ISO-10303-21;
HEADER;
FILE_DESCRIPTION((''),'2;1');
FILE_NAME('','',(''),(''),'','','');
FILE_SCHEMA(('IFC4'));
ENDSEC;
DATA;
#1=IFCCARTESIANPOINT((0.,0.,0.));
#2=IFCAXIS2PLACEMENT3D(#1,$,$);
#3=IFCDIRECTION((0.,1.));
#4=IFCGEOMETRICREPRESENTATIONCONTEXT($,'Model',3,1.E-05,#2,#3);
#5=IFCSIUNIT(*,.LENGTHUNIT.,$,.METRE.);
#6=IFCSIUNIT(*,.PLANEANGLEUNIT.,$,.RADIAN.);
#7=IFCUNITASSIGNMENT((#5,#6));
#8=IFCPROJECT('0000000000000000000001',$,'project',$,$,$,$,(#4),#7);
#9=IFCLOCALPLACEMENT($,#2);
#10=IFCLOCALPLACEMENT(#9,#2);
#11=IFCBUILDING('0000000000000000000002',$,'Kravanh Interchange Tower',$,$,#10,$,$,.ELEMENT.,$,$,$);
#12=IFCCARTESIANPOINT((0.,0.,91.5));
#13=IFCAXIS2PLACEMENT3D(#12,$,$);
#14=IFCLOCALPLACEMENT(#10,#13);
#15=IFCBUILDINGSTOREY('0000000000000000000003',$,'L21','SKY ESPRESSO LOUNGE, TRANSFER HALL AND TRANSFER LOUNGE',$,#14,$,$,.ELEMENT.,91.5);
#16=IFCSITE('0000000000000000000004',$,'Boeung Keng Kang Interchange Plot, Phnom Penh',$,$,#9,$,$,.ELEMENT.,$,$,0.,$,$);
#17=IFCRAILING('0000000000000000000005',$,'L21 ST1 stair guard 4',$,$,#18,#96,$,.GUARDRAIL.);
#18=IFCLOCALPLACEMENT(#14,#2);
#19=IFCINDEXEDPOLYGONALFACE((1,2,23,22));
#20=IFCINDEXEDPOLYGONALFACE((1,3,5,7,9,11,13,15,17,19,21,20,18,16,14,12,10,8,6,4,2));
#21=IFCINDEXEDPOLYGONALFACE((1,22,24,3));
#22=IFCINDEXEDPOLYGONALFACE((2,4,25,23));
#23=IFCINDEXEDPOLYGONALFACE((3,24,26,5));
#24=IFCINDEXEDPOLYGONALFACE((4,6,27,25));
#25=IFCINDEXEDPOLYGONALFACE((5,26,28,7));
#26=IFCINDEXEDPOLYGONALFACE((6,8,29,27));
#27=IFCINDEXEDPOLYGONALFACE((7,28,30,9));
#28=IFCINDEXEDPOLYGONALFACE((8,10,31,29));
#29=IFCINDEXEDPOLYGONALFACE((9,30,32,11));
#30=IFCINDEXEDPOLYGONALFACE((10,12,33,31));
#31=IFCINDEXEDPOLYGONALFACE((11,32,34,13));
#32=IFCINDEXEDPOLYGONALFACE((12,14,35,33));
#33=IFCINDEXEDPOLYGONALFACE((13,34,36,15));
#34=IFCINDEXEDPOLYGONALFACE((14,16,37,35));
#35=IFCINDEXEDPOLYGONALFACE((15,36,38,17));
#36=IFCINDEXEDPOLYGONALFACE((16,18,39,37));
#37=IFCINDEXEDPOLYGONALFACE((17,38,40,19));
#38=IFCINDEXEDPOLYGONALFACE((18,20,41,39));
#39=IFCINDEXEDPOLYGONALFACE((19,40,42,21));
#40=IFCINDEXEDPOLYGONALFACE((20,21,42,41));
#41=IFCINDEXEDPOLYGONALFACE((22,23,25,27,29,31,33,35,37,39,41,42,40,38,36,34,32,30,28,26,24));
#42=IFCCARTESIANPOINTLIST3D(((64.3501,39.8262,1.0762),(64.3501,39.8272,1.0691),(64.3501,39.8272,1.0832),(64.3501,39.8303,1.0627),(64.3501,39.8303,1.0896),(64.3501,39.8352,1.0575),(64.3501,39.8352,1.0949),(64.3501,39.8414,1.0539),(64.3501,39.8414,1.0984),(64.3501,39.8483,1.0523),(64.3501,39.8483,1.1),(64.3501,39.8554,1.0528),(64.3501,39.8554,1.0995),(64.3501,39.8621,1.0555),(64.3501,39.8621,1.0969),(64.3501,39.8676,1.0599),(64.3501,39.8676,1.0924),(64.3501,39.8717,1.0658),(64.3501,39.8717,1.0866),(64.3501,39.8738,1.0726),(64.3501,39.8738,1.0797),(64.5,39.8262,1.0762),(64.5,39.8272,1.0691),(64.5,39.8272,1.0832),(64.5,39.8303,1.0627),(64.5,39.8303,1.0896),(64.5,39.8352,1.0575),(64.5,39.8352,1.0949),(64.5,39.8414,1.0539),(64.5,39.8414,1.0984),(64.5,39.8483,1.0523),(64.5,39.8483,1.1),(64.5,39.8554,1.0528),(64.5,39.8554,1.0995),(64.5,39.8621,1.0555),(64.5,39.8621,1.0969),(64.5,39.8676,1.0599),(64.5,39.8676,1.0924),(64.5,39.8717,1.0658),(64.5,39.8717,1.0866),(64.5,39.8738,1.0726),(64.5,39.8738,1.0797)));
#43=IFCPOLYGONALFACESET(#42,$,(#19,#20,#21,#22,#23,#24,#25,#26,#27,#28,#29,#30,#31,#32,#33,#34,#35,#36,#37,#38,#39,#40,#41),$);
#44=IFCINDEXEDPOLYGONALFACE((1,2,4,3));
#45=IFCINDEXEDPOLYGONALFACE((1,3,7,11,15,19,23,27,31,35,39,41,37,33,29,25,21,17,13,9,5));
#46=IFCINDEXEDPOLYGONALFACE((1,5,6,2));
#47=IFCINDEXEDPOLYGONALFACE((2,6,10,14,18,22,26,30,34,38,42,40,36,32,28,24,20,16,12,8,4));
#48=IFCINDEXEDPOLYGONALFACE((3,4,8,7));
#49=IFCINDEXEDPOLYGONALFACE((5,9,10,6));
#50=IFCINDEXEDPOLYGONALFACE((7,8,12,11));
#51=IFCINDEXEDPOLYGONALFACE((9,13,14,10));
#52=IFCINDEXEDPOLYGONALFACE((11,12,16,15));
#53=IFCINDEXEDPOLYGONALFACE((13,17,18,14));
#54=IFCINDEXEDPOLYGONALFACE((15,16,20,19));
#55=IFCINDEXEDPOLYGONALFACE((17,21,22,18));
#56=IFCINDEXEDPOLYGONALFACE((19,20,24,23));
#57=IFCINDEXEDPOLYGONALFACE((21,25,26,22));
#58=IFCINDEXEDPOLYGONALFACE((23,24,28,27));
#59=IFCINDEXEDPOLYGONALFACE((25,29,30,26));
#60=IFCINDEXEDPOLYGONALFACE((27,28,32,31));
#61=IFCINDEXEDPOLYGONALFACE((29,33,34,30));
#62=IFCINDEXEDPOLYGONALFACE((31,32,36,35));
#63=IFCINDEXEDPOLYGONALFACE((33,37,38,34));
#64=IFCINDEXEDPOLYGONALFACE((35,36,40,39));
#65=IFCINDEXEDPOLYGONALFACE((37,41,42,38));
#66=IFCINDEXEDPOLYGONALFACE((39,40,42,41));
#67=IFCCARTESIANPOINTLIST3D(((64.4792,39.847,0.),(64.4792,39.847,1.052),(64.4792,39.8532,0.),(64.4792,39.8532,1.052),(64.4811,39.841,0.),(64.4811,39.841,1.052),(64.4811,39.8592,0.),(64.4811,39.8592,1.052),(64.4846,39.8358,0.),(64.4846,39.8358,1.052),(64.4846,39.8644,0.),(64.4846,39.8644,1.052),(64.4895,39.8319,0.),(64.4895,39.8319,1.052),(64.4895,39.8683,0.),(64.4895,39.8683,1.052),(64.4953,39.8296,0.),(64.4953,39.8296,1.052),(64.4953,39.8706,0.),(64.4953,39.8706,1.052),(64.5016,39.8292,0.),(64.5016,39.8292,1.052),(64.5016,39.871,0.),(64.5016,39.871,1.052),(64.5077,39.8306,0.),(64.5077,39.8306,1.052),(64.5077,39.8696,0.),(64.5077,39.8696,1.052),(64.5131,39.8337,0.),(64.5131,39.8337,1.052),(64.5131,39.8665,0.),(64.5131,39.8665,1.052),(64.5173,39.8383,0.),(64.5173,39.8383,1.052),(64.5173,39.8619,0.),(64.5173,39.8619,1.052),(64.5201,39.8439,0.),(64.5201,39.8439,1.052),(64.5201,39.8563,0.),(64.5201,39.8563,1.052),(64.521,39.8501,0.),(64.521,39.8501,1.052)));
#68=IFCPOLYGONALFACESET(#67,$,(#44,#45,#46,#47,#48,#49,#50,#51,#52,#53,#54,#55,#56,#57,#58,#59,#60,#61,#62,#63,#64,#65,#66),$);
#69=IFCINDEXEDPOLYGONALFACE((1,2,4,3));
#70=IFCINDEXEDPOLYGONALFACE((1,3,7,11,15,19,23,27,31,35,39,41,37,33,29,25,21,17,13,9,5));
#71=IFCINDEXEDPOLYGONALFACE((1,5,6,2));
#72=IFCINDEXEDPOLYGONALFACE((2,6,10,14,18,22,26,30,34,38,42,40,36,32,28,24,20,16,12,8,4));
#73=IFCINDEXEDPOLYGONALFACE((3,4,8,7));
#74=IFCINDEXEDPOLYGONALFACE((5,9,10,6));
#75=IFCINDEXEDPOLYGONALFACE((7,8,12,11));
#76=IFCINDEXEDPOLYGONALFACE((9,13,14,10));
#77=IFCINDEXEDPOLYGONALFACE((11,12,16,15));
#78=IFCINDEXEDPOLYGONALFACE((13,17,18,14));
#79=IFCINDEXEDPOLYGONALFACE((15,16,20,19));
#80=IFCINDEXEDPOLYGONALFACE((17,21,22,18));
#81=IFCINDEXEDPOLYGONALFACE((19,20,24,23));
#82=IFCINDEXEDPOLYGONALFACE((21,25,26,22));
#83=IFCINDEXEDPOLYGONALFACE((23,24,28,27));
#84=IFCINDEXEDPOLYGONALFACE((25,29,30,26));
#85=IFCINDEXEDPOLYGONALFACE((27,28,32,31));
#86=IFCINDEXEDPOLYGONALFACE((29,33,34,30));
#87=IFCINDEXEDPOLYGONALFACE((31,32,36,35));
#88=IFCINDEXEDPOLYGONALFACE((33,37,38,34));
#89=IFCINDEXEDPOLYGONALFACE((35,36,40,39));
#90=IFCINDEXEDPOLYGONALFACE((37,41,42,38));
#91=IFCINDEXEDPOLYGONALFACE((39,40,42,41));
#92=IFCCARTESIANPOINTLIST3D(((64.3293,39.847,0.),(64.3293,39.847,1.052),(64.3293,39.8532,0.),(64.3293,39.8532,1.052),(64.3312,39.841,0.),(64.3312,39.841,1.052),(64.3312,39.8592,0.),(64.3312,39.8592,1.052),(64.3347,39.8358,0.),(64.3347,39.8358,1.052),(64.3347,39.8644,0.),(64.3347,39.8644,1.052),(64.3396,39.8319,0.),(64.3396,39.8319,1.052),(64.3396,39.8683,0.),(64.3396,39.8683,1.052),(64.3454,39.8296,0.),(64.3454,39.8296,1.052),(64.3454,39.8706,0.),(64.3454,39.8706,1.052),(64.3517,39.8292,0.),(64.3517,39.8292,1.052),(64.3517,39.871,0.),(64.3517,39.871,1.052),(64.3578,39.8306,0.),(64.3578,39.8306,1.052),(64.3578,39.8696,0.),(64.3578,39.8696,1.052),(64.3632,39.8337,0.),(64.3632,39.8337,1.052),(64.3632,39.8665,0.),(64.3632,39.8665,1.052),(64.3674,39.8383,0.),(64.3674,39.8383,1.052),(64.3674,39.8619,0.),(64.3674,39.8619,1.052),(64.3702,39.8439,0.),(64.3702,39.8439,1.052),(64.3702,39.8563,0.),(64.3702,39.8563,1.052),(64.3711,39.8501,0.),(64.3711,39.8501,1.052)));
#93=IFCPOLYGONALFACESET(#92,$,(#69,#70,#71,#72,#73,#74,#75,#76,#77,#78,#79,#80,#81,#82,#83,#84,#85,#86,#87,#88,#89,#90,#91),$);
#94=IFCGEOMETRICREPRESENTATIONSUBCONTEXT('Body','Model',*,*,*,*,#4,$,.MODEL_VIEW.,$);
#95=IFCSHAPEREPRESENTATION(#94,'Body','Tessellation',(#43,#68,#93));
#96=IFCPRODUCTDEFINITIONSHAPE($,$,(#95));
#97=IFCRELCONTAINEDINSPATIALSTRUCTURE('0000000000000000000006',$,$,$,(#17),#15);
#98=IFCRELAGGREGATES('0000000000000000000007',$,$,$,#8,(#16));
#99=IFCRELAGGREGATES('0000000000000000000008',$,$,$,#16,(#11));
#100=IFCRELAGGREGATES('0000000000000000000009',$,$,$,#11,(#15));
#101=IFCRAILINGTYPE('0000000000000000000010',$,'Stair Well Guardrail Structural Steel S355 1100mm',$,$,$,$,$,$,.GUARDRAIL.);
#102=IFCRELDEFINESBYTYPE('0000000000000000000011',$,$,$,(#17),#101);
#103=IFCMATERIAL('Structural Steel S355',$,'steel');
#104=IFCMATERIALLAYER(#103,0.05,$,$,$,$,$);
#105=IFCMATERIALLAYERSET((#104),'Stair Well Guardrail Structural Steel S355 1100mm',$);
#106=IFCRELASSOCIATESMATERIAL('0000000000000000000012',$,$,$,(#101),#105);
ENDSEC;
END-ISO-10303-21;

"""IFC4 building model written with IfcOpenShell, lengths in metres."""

from ifc_helpers import new_model, si_unit, direction, frame, origin, origin_2d, place, context, subcontext, project, spatial, circle, extrude, material, layer, layer_set, type_object, element, save


model = new_model("IFC4")

# Units and contexts
model_context = context("Model", 3, precision=1e-05, world=origin(), true_north=direction((0.0, 1.0)))
body_context = subcontext(model_context, "Body", "Model", "MODEL_VIEW")
ifc_project = project(units=[si_unit("LENGTHUNIT", "METRE"), si_unit("PLANEANGLEUNIT", "RADIAN")], contexts=[model_context])

# Site, building, storey
site_placement = place(None, origin())
site = spatial("IfcSite", under=ifc_project, at=site_placement, Name="Boeung Keng Kang Interchange Plot, Phnom Penh", CompositionType="ELEMENT", RefElevation=0.0)
building_placement = place(site_placement, origin())
building = spatial("IfcBuilding", under=site, at=building_placement, Name="Kravanh Interchange Tower", CompositionType="ELEMENT")
storey_placement = place(building_placement, frame((0.0, 0.0, 91.5)))
storey = spatial("IfcBuildingStorey", under=building, at=storey_placement, Name="L21", Description="SKY ESPRESSO LOUNGE, TRANSFER HALL AND TRANSFER LOUNGE", CompositionType="ELEMENT", Elevation=91.5)

# Railing
ifc_material_1 = material(Name="Structural Steel S355", Category="steel")
ifc_layer_1 = layer(ifc_material_1, 0.05)
ifc_layer_set_1 = layer_set([ifc_layer_1], Name="Stair Well Guardrail Structural Steel S355 1100mm")
railing_type_1 = type_object("IfcRailingType", Name="Stair Well Guardrail Structural Steel S355 1100mm", PredefinedType="GUARDRAIL", material=ifc_layer_set_1)
railing_1_placement = place(storey_placement, frame((64.5, 39.8501, 0.0)))
element("IfcRailing", 1, at=railing_1_placement, inside=storey, type_object=railing_type_1, Name="L21 ST1 stair guard 4", PredefinedType="GUARDRAIL", context=body_context, shape_type="SweptSolid", body=[
    extrude(circle(Radius=0.0239, at=origin_2d()), frame((0.0, 0.0, 1.0762), z_axis=(-1.0, 0.0, 0.0), x_axis=(0.0, -1.0, 0.0)), (0.0, 0.0, 1.0), 0.1499),
    extrude(circle(Radius=0.021, at=origin_2d()), origin(), (0.0, 0.0, 1.0), 1.052),
    extrude(circle(Radius=0.021, at=origin_2d()), frame((-0.1499, 0.0, 0.0)), (0.0, 0.0, 1.0), 1.052),
])

save(model, "model.ifc")
